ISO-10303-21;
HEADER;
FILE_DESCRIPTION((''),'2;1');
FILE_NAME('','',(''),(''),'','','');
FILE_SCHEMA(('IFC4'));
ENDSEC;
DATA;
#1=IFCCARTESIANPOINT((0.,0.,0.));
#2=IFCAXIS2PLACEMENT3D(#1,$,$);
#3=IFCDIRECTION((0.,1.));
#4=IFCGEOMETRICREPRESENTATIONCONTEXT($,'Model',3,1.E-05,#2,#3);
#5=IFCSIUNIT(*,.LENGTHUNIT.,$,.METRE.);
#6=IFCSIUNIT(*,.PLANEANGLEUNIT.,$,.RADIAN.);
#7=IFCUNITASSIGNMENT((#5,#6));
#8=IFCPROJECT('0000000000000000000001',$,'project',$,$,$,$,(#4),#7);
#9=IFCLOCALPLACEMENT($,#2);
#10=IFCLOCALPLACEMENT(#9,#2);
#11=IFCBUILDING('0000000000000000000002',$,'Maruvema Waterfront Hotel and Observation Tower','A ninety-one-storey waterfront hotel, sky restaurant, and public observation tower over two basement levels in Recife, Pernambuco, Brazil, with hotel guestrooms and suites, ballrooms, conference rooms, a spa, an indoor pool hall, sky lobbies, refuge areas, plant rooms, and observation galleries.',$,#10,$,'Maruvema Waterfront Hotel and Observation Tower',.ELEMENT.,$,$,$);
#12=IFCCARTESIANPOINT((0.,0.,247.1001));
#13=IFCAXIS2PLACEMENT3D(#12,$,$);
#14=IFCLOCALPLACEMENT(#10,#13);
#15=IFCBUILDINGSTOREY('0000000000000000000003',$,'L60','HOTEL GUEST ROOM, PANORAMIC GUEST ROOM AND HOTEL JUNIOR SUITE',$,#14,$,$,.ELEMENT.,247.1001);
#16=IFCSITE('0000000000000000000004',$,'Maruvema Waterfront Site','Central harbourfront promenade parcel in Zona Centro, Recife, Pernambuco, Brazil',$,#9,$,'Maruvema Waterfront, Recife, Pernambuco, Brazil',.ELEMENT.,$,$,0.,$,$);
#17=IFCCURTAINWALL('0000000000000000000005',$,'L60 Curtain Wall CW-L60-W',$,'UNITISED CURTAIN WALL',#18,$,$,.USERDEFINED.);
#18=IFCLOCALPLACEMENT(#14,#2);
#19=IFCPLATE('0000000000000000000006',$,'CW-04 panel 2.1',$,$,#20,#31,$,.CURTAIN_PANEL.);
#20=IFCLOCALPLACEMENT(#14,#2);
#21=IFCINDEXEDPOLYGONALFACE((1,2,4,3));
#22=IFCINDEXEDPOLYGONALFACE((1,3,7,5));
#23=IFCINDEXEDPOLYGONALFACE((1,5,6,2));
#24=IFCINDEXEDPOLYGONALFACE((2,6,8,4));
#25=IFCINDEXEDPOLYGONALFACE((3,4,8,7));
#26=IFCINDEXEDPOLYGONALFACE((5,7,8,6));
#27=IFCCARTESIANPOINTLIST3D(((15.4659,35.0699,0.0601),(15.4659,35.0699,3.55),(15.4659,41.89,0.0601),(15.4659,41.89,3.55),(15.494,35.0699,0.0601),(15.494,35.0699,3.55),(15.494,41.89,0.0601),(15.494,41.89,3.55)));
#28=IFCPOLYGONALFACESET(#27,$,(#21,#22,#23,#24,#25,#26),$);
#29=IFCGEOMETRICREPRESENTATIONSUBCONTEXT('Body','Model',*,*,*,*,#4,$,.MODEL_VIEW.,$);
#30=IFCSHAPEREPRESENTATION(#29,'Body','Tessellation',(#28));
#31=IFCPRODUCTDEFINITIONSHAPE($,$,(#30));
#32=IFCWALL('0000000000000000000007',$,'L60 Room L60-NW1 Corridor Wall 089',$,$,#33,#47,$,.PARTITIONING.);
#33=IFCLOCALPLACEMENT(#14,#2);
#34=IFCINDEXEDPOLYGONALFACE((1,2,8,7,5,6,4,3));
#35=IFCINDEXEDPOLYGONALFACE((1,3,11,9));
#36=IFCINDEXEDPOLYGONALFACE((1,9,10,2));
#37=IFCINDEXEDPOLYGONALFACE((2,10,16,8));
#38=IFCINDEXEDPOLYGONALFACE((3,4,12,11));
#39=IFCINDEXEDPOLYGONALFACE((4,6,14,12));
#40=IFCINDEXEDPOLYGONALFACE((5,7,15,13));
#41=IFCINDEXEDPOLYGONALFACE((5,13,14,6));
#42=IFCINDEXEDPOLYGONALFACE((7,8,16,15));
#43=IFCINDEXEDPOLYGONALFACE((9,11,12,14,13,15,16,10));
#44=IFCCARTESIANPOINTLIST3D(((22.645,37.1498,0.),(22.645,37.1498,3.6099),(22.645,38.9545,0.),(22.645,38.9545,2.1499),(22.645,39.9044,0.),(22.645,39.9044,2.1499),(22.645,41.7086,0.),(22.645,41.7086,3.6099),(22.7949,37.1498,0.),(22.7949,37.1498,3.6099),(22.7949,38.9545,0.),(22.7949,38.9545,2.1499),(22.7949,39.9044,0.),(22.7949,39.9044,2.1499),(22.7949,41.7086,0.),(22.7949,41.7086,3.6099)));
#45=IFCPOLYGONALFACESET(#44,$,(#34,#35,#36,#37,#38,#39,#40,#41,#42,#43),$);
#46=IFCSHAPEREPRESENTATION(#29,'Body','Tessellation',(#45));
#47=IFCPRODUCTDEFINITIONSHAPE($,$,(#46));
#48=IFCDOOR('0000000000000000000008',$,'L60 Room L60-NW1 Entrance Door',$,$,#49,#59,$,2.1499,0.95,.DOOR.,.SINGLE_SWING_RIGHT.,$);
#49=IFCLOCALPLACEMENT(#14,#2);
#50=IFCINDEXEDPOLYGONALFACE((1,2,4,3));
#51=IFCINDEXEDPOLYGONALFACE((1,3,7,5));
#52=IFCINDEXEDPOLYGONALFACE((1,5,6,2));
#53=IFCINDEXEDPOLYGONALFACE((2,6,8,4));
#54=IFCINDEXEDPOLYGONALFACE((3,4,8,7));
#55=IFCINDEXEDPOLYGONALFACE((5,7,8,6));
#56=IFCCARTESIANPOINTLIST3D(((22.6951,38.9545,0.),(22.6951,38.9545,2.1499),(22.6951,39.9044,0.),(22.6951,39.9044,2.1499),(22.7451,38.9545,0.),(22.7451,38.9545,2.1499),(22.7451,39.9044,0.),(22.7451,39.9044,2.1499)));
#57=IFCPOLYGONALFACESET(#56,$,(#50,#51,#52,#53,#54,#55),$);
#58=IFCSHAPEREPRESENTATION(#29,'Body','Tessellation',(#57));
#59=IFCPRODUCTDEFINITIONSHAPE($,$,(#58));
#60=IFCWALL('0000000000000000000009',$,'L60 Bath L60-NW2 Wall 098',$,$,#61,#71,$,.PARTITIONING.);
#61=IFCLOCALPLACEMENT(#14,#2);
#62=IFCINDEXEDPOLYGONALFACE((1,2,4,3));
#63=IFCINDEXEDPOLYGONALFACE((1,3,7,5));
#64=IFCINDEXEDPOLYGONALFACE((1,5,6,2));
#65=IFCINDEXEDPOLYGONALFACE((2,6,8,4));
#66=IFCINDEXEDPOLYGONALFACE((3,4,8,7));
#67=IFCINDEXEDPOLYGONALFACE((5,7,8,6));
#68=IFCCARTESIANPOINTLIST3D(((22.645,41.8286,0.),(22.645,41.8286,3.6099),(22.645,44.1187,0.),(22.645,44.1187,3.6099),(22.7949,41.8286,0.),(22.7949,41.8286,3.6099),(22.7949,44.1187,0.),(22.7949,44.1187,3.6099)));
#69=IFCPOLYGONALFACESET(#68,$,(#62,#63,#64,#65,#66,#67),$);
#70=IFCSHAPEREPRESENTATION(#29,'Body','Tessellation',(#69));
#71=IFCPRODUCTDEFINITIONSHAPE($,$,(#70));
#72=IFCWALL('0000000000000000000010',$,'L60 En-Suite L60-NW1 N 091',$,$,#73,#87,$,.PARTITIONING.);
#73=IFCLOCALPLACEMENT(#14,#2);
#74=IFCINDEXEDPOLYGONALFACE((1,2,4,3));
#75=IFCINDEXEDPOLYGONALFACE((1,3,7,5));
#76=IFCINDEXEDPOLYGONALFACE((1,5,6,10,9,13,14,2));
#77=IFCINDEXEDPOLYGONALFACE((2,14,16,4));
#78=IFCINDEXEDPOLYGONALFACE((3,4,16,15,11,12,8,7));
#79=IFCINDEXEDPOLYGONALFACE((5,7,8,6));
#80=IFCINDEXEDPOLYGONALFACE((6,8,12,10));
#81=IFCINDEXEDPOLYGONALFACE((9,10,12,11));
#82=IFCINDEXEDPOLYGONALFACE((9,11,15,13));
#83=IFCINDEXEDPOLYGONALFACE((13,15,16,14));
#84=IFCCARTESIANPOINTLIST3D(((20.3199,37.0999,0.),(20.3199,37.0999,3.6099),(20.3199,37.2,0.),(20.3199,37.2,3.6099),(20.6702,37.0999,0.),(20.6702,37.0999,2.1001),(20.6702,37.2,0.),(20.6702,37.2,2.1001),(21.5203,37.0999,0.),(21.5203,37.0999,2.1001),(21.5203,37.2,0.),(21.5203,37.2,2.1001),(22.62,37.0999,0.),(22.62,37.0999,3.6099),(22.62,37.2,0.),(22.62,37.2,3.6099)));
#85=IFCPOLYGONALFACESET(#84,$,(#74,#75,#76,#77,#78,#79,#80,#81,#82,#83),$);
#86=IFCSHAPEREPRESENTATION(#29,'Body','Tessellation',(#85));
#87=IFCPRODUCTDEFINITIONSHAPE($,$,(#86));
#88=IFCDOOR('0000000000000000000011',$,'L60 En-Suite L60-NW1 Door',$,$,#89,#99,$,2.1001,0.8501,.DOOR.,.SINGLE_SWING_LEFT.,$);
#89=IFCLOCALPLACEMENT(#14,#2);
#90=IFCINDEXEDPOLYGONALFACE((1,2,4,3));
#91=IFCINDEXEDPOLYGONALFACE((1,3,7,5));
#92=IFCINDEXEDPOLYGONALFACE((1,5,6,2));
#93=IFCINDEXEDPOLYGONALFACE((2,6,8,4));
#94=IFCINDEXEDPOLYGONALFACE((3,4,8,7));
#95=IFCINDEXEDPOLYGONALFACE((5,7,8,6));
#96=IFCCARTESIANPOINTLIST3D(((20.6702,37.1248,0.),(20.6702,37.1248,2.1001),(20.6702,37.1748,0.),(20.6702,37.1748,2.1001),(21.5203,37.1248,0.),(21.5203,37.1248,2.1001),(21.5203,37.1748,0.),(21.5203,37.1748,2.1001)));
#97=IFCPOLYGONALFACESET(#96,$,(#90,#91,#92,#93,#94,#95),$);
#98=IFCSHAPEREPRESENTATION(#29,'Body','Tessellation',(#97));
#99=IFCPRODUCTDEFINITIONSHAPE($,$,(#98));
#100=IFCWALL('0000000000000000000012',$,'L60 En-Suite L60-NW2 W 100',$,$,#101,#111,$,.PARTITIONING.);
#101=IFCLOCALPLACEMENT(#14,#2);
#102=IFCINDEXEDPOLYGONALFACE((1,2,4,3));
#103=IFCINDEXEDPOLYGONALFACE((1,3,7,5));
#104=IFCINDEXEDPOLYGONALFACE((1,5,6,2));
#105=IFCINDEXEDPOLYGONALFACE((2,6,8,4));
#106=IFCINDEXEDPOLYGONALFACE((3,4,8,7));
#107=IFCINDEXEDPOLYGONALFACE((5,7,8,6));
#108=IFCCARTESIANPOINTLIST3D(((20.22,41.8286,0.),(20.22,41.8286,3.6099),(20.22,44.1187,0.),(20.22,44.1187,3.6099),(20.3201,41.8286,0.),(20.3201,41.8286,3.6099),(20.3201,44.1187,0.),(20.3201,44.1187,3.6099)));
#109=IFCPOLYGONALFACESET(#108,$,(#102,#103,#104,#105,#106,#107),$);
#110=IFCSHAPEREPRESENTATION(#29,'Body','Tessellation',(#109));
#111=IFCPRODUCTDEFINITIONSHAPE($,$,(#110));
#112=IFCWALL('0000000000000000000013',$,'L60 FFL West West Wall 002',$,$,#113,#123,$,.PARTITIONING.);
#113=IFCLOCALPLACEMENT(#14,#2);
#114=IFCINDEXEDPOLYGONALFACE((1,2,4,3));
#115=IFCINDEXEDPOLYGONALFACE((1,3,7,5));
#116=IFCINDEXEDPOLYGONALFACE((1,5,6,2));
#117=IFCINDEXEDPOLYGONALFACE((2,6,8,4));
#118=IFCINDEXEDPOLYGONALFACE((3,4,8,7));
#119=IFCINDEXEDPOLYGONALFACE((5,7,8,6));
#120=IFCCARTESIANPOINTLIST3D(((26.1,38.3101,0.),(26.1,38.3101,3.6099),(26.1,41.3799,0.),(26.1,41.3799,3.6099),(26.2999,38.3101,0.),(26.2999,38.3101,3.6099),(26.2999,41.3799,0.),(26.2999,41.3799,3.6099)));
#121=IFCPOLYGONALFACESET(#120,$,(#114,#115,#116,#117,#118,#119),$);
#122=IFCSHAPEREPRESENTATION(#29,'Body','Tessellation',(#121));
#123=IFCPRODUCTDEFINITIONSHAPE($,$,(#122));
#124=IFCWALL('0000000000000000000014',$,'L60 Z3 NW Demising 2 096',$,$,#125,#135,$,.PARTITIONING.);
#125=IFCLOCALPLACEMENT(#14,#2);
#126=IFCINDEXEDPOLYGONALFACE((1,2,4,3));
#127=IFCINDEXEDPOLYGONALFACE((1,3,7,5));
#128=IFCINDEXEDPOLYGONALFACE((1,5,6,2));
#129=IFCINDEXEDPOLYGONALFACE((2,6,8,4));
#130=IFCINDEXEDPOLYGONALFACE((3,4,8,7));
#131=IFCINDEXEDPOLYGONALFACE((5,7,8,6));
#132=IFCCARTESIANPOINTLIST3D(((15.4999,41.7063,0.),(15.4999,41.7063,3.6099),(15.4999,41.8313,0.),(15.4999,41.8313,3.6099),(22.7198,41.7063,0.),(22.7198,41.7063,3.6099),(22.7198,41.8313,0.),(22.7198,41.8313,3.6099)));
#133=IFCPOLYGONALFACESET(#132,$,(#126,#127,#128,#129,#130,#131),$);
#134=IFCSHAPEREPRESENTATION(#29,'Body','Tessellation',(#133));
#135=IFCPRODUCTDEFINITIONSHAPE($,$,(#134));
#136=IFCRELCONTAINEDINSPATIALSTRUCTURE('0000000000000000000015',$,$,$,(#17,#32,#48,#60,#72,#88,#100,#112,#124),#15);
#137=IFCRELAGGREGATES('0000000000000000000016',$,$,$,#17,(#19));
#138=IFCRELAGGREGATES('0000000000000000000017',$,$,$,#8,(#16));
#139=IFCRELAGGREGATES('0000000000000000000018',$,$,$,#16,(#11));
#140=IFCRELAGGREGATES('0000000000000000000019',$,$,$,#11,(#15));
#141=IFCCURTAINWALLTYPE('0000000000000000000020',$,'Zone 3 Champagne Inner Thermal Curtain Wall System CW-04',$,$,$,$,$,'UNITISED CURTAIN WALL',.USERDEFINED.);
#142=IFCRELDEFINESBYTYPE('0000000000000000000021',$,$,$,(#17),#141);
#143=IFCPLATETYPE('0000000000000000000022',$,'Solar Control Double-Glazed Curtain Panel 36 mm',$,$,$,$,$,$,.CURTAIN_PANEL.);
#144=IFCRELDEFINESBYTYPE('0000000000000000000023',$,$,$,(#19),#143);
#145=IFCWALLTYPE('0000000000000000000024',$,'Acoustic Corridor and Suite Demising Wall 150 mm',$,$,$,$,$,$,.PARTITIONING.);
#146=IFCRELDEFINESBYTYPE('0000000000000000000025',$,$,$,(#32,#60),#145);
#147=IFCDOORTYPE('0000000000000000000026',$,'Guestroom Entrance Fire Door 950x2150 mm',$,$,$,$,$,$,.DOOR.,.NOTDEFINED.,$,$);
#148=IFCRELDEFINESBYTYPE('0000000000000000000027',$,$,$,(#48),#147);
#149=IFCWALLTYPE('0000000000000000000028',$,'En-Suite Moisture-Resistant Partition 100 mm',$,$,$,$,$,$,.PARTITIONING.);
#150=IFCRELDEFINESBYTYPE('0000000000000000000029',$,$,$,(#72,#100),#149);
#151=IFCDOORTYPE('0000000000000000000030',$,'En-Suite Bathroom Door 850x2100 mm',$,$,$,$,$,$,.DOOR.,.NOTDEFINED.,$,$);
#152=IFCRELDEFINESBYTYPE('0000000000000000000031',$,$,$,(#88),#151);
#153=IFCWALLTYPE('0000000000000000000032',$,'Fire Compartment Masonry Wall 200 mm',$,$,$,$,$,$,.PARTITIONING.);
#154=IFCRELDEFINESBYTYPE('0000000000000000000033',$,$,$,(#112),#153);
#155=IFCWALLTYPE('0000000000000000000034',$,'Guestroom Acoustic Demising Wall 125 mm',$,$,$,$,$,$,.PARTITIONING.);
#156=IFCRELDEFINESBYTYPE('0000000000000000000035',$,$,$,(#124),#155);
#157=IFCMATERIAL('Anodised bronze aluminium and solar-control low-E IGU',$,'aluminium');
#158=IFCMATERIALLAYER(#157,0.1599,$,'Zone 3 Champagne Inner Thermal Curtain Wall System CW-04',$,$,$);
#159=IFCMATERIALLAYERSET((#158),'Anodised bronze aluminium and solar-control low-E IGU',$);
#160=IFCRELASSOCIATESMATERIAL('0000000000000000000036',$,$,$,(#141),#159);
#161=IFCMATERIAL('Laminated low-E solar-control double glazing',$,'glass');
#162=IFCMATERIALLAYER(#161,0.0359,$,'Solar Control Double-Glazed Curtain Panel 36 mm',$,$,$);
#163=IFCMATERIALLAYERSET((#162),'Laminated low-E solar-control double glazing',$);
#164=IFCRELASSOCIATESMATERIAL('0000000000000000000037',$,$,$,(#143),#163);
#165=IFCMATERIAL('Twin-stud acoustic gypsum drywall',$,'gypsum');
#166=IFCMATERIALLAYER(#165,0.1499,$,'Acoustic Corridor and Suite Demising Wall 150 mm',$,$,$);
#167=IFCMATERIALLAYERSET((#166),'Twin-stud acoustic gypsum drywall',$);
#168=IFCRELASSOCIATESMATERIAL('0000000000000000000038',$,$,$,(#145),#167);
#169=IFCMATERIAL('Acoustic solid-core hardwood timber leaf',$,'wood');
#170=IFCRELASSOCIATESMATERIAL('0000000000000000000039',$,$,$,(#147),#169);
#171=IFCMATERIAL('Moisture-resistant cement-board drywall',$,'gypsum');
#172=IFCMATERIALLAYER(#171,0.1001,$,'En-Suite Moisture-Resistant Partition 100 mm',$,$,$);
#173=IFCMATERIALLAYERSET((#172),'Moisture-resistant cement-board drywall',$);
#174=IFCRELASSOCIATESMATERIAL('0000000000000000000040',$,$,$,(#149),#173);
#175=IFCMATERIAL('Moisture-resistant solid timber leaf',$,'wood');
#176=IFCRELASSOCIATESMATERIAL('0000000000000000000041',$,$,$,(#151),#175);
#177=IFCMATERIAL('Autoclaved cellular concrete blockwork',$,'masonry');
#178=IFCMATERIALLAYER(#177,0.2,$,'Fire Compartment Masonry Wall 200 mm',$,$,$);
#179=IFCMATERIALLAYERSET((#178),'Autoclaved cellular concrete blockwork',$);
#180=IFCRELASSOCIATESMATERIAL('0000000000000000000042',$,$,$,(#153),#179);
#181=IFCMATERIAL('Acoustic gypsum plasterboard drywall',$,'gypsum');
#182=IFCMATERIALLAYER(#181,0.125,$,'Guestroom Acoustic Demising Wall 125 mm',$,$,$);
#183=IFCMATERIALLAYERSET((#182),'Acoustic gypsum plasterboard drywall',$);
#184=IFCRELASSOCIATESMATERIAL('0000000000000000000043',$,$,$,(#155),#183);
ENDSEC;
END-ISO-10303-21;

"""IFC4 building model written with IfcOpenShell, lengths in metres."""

from ifc_helpers import new_model, si_unit, direction, frame, frame_2d, origin, origin_2d, place, context, subcontext, project, spatial, rectangle, extrude, material, layer, layer_set, type_object, element, fill, aggregate, save


model = new_model("IFC4")

# Units and contexts
model_context = context("Model", 3, precision=1e-05, world=origin(), true_north=direction((0.0, 1.0)))
body_context = subcontext(model_context, "Body", "Model", "MODEL_VIEW")
ifc_project = project(units=[si_unit("LENGTHUNIT", "METRE"), si_unit("PLANEANGLEUNIT", "RADIAN")], contexts=[model_context])

# Site, building, storey
site_placement = place(None, origin())
site = spatial("IfcSite", under=ifc_project, at=site_placement, Name="Maruvema Waterfront Site", Description="Central harbourfront promenade parcel in Zona Centro, Recife, Pernambuco, Brazil", LongName="Maruvema Waterfront, Recife, Pernambuco, Brazil", CompositionType="ELEMENT", RefElevation=0.0)
building_placement = place(site_placement, origin())
building = spatial("IfcBuilding", under=site, at=building_placement, Name="Maruvema Waterfront Hotel and Observation Tower", Description="A ninety-one-storey waterfront hotel, sky restaurant, and public observation tower over two basement levels in Recife, Pernambuco, Brazil, with hotel guestrooms and suites, ballrooms, conference rooms, a spa, an indoor pool hall, sky lobbies, refuge areas, plant rooms, and observation galleries.", LongName="Maruvema Waterfront Hotel and Observation Tower", CompositionType="ELEMENT")
storey_placement = place(building_placement, frame((0.0, 0.0, 247.1001)))
storey = spatial("IfcBuildingStorey", under=building, at=storey_placement, Name="L60", Description="HOTEL GUEST ROOM, PANORAMIC GUEST ROOM AND HOTEL JUNIOR SUITE", CompositionType="ELEMENT", Elevation=247.1001)

# Curtain wall
ifc_material_1 = material(Name="Anodised bronze aluminium and solar-control low-E IGU", Category="aluminium")
ifc_layer_1 = layer(ifc_material_1, 0.1599, Name="Zone 3 Champagne Inner Thermal Curtain Wall System CW-04")
ifc_layer_set_1 = layer_set([ifc_layer_1], Name="Anodised bronze aluminium and solar-control low-E IGU")
curtain_wall_type = type_object("IfcCurtainWallType", Name="Zone 3 Champagne Inner Thermal Curtain Wall System CW-04", ElementType="UNITISED CURTAIN WALL", PredefinedType="USERDEFINED", material=ifc_layer_set_1)
curtain_wall_placement = place(storey_placement, origin())
curtain_wall = element("IfcCurtainWall", 1, at=curtain_wall_placement, inside=storey, type_object=curtain_wall_type, Name="L60 Curtain Wall CW-L60-W", ObjectType="UNITISED CURTAIN WALL", PredefinedType="USERDEFINED")

# Plate
ifc_material_2 = material(Name="Laminated low-E solar-control double glazing", Category="glass")
ifc_layer_2 = layer(ifc_material_2, 0.0359, Name="Solar Control Double-Glazed Curtain Panel 36 mm")
ifc_layer_set_2 = layer_set([ifc_layer_2], Name="Laminated low-E solar-control double glazing")
plate_type = type_object("IfcPlateType", Name="Solar Control Double-Glazed Curtain Panel 36 mm", PredefinedType="CURTAIN_PANEL", material=ifc_layer_set_2)
plate_placement = place(storey_placement, frame((15.48, 38.48, 0.0601), z_axis=(0.0, 0.0, 1.0), x_axis=(0.0, -1.0, 0.0)))
plate = element("IfcPlate", 2, at=plate_placement, type_object=plate_type, Name="CW-04 panel 2.1", PredefinedType="CURTAIN_PANEL", context=body_context, shape_type="SweptSolid", body=[
    extrude(rectangle(XDim=6.8201, YDim=0.0281, at=origin_2d()), origin(), (0.0, 0.0, 1.0), 3.49),
])
aggregate(curtain_wall, [plate])

# Wall, opening, door
ifc_material_3 = material(Name="Twin-stud acoustic gypsum drywall", Category="gypsum")
ifc_layer_3 = layer(ifc_material_3, 0.1499, Name="Acoustic Corridor and Suite Demising Wall 150 mm")
ifc_layer_set_3 = layer_set([ifc_layer_3], Name="Twin-stud acoustic gypsum drywall")
wall_type_1 = type_object("IfcWallType", Name="Acoustic Corridor and Suite Demising Wall 150 mm", PredefinedType="PARTITIONING", material=ifc_layer_set_3)
wall_1_placement = place(storey_placement, frame((22.72, 37.1499, 0.0), z_axis=(0.0, 0.0, 1.0), x_axis=(0.0, 1.0, 0.0)))
wall_1 = element("IfcWall", 3, at=wall_1_placement, inside=storey, type_object=wall_type_1, Name="L60 Room L60-NW1 Corridor Wall 089", PredefinedType="PARTITIONING", context=body_context, shape_type="SweptSolid", body=[
    extrude(rectangle(XDim=4.5588, YDim=0.1499, at=frame_2d((2.2793, 0.0))), origin(), (0.0, 0.0, 1.0), 3.6099),
])
opening_1_placement = place(wall_1_placement, frame((1.8044, 0.0, 0.0)))
opening_1 = element("IfcOpeningElement", 4, at=opening_1_placement, cuts=wall_1, PredefinedType="OPENING", context=body_context, shape_type="SweptSolid", body=[
    extrude(rectangle(XDim=0.95, YDim=2.1499, at=frame_2d((0.4751, 1.075))), frame((0.0, 0.085, 0.0), z_axis=(0.0, -1.0, 0.0), x_axis=(1.0, 0.0, 0.0)), (0.0, 0.0, 1.0), 0.1699),
])
ifc_material_4 = material(Name="Acoustic solid-core hardwood timber leaf", Category="wood")
door_type_1 = type_object("IfcDoorType", Name="Guestroom Entrance Fire Door 950x2150 mm", OperationType="NOTDEFINED", PredefinedType="DOOR", material=ifc_material_4)
door_1_placement = place(opening_1_placement, origin())
door_1 = element("IfcDoor", 5, at=door_1_placement, inside=storey, type_object=door_type_1, Name="L60 Room L60-NW1 Entrance Door", OperationType="SINGLE_SWING_RIGHT", OverallHeight=2.1499, OverallWidth=0.95, PredefinedType="DOOR", context=body_context, shape_type="SweptSolid", body=[
    extrude(rectangle(XDim=0.95, YDim=2.1499, at=frame_2d((0.4751, 1.075))), frame((0.0, 0.0249, 0.0), z_axis=(0.0, -1.0, 0.0), x_axis=(1.0, 0.0, 0.0)), (0.0, 0.0, 1.0), 0.05),
])
fill(opening_1, door_1)

# Wall
wall_2_placement = place(storey_placement, frame((22.72, 41.8286, 0.0), z_axis=(0.0, 0.0, 1.0), x_axis=(0.0, 1.0, 0.0)))
element("IfcWall", 6, at=wall_2_placement, inside=storey, type_object=wall_type_1, Name="L60 Bath L60-NW2 Wall 098", PredefinedType="PARTITIONING", context=body_context, shape_type="SweptSolid", body=[
    extrude(rectangle(XDim=2.29, YDim=0.1499, at=frame_2d((1.145, 0.0))), origin(), (0.0, 0.0, 1.0), 3.6099),
])

# Wall, opening, door
ifc_material_5 = material(Name="Moisture-resistant cement-board drywall", Category="gypsum")
ifc_layer_4 = layer(ifc_material_5, 0.1001, Name="En-Suite Moisture-Resistant Partition 100 mm")
ifc_layer_set_4 = layer_set([ifc_layer_4], Name="Moisture-resistant cement-board drywall")
wall_type_2 = type_object("IfcWallType", Name="En-Suite Moisture-Resistant Partition 100 mm", PredefinedType="PARTITIONING", material=ifc_layer_set_4)
wall_3_placement = place(storey_placement, frame((20.3201, 37.1499, 0.0), z_axis=(0.0, 0.0, 1.0), x_axis=(1.0, 0.0, 0.0)))
wall_3 = element("IfcWall", 7, at=wall_3_placement, inside=storey, type_object=wall_type_2, Name="L60 En-Suite L60-NW1 N 091", PredefinedType="PARTITIONING", context=body_context, shape_type="SweptSolid", body=[
    extrude(rectangle(XDim=2.3, YDim=0.1001, at=frame_2d((1.1499, 0.0))), origin(), (0.0, 0.0, 1.0), 3.6099),
])
opening_2_placement = place(wall_3_placement, frame((0.3501, 0.0, 0.0)))
opening_2 = element("IfcOpeningElement", 8, at=opening_2_placement, cuts=wall_3, PredefinedType="OPENING", context=body_context, shape_type="SweptSolid", body=[
    extrude(rectangle(XDim=0.8501, YDim=2.1001, at=frame_2d((0.425, 1.05))), frame((0.0, 0.0601, 0.0), z_axis=(0.0, -1.0, 0.0), x_axis=(1.0, 0.0, 0.0)), (0.0, 0.0, 1.0), 0.1201),
])
ifc_material_6 = material(Name="Moisture-resistant solid timber leaf", Category="wood")
door_type_2 = type_object("IfcDoorType", Name="En-Suite Bathroom Door 850x2100 mm", OperationType="NOTDEFINED", PredefinedType="DOOR", material=ifc_material_6)
door_2_placement = place(opening_2_placement, origin())
door_2 = element("IfcDoor", 9, at=door_2_placement, inside=storey, type_object=door_type_2, Name="L60 En-Suite L60-NW1 Door", OperationType="SINGLE_SWING_LEFT", OverallHeight=2.1001, OverallWidth=0.8501, PredefinedType="DOOR", context=body_context, shape_type="SweptSolid", body=[
    extrude(rectangle(XDim=0.8501, YDim=2.1001, at=frame_2d((0.425, 1.05))), frame((0.0, 0.0249, 0.0), z_axis=(0.0, -1.0, 0.0), x_axis=(1.0, 0.0, 0.0)), (0.0, 0.0, 1.0), 0.05),
])
fill(opening_2, door_2)

# Wall
wall_4_placement = place(storey_placement, frame((20.27, 41.8286, 0.0), z_axis=(0.0, 0.0, 1.0), x_axis=(0.0, 1.0, 0.0)))
element("IfcWall", 10, at=wall_4_placement, inside=storey, type_object=wall_type_2, Name="L60 En-Suite L60-NW2 W 100", PredefinedType="PARTITIONING", context=body_context, shape_type="SweptSolid", body=[
    extrude(rectangle(XDim=2.29, YDim=0.1001, at=frame_2d((1.145, 0.0))), origin(), (0.0, 0.0, 1.0), 3.6099),
])

# Shared definitions
ifc_material_7 = material(Name="Autoclaved cellular concrete blockwork", Category="masonry")
ifc_layer_5 = layer(ifc_material_7, 0.2, Name="Fire Compartment Masonry Wall 200 mm")
ifc_layer_set_5 = layer_set([ifc_layer_5], Name="Autoclaved cellular concrete blockwork")
wall_type_3 = type_object("IfcWallType", Name="Fire Compartment Masonry Wall 200 mm", PredefinedType="PARTITIONING", material=ifc_layer_set_5)

# Walls
wall_5_placement = place(storey_placement, frame((26.2, 38.3101, 0.0), z_axis=(0.0, 0.0, 1.0), x_axis=(0.0, 1.0, 0.0)))
element("IfcWall", 11, at=wall_5_placement, inside=storey, type_object=wall_type_3, Name="L60 FFL West West Wall 002", PredefinedType="PARTITIONING", context=body_context, shape_type="SweptSolid", body=[
    extrude(rectangle(XDim=3.0698, YDim=0.2, at=frame_2d((1.5349, 0.0))), origin(), (0.0, 0.0, 1.0), 3.6099),
])
ifc_material_8 = material(Name="Acoustic gypsum plasterboard drywall", Category="gypsum")
ifc_layer_6 = layer(ifc_material_8, 0.125, Name="Guestroom Acoustic Demising Wall 125 mm")
ifc_layer_set_6 = layer_set([ifc_layer_6], Name="Acoustic gypsum plasterboard drywall")
wall_type_4 = type_object("IfcWallType", Name="Guestroom Acoustic Demising Wall 125 mm", PredefinedType="PARTITIONING", material=ifc_layer_set_6)
wall_6_placement = place(storey_placement, frame((15.5, 41.7688, 0.0), z_axis=(0.0, 0.0, 1.0), x_axis=(1.0, 0.0, 0.0)))
element("IfcWall", 12, at=wall_6_placement, inside=storey, type_object=wall_type_4, Name="L60 Z3 NW Demising 2 096", PredefinedType="PARTITIONING", context=body_context, shape_type="SweptSolid", body=[
    extrude(rectangle(XDim=7.22, YDim=0.125, at=frame_2d((3.6099, 0.0))), origin(), (0.0, 0.0, 1.0), 3.6099),
])

save(model, "model.ifc")
